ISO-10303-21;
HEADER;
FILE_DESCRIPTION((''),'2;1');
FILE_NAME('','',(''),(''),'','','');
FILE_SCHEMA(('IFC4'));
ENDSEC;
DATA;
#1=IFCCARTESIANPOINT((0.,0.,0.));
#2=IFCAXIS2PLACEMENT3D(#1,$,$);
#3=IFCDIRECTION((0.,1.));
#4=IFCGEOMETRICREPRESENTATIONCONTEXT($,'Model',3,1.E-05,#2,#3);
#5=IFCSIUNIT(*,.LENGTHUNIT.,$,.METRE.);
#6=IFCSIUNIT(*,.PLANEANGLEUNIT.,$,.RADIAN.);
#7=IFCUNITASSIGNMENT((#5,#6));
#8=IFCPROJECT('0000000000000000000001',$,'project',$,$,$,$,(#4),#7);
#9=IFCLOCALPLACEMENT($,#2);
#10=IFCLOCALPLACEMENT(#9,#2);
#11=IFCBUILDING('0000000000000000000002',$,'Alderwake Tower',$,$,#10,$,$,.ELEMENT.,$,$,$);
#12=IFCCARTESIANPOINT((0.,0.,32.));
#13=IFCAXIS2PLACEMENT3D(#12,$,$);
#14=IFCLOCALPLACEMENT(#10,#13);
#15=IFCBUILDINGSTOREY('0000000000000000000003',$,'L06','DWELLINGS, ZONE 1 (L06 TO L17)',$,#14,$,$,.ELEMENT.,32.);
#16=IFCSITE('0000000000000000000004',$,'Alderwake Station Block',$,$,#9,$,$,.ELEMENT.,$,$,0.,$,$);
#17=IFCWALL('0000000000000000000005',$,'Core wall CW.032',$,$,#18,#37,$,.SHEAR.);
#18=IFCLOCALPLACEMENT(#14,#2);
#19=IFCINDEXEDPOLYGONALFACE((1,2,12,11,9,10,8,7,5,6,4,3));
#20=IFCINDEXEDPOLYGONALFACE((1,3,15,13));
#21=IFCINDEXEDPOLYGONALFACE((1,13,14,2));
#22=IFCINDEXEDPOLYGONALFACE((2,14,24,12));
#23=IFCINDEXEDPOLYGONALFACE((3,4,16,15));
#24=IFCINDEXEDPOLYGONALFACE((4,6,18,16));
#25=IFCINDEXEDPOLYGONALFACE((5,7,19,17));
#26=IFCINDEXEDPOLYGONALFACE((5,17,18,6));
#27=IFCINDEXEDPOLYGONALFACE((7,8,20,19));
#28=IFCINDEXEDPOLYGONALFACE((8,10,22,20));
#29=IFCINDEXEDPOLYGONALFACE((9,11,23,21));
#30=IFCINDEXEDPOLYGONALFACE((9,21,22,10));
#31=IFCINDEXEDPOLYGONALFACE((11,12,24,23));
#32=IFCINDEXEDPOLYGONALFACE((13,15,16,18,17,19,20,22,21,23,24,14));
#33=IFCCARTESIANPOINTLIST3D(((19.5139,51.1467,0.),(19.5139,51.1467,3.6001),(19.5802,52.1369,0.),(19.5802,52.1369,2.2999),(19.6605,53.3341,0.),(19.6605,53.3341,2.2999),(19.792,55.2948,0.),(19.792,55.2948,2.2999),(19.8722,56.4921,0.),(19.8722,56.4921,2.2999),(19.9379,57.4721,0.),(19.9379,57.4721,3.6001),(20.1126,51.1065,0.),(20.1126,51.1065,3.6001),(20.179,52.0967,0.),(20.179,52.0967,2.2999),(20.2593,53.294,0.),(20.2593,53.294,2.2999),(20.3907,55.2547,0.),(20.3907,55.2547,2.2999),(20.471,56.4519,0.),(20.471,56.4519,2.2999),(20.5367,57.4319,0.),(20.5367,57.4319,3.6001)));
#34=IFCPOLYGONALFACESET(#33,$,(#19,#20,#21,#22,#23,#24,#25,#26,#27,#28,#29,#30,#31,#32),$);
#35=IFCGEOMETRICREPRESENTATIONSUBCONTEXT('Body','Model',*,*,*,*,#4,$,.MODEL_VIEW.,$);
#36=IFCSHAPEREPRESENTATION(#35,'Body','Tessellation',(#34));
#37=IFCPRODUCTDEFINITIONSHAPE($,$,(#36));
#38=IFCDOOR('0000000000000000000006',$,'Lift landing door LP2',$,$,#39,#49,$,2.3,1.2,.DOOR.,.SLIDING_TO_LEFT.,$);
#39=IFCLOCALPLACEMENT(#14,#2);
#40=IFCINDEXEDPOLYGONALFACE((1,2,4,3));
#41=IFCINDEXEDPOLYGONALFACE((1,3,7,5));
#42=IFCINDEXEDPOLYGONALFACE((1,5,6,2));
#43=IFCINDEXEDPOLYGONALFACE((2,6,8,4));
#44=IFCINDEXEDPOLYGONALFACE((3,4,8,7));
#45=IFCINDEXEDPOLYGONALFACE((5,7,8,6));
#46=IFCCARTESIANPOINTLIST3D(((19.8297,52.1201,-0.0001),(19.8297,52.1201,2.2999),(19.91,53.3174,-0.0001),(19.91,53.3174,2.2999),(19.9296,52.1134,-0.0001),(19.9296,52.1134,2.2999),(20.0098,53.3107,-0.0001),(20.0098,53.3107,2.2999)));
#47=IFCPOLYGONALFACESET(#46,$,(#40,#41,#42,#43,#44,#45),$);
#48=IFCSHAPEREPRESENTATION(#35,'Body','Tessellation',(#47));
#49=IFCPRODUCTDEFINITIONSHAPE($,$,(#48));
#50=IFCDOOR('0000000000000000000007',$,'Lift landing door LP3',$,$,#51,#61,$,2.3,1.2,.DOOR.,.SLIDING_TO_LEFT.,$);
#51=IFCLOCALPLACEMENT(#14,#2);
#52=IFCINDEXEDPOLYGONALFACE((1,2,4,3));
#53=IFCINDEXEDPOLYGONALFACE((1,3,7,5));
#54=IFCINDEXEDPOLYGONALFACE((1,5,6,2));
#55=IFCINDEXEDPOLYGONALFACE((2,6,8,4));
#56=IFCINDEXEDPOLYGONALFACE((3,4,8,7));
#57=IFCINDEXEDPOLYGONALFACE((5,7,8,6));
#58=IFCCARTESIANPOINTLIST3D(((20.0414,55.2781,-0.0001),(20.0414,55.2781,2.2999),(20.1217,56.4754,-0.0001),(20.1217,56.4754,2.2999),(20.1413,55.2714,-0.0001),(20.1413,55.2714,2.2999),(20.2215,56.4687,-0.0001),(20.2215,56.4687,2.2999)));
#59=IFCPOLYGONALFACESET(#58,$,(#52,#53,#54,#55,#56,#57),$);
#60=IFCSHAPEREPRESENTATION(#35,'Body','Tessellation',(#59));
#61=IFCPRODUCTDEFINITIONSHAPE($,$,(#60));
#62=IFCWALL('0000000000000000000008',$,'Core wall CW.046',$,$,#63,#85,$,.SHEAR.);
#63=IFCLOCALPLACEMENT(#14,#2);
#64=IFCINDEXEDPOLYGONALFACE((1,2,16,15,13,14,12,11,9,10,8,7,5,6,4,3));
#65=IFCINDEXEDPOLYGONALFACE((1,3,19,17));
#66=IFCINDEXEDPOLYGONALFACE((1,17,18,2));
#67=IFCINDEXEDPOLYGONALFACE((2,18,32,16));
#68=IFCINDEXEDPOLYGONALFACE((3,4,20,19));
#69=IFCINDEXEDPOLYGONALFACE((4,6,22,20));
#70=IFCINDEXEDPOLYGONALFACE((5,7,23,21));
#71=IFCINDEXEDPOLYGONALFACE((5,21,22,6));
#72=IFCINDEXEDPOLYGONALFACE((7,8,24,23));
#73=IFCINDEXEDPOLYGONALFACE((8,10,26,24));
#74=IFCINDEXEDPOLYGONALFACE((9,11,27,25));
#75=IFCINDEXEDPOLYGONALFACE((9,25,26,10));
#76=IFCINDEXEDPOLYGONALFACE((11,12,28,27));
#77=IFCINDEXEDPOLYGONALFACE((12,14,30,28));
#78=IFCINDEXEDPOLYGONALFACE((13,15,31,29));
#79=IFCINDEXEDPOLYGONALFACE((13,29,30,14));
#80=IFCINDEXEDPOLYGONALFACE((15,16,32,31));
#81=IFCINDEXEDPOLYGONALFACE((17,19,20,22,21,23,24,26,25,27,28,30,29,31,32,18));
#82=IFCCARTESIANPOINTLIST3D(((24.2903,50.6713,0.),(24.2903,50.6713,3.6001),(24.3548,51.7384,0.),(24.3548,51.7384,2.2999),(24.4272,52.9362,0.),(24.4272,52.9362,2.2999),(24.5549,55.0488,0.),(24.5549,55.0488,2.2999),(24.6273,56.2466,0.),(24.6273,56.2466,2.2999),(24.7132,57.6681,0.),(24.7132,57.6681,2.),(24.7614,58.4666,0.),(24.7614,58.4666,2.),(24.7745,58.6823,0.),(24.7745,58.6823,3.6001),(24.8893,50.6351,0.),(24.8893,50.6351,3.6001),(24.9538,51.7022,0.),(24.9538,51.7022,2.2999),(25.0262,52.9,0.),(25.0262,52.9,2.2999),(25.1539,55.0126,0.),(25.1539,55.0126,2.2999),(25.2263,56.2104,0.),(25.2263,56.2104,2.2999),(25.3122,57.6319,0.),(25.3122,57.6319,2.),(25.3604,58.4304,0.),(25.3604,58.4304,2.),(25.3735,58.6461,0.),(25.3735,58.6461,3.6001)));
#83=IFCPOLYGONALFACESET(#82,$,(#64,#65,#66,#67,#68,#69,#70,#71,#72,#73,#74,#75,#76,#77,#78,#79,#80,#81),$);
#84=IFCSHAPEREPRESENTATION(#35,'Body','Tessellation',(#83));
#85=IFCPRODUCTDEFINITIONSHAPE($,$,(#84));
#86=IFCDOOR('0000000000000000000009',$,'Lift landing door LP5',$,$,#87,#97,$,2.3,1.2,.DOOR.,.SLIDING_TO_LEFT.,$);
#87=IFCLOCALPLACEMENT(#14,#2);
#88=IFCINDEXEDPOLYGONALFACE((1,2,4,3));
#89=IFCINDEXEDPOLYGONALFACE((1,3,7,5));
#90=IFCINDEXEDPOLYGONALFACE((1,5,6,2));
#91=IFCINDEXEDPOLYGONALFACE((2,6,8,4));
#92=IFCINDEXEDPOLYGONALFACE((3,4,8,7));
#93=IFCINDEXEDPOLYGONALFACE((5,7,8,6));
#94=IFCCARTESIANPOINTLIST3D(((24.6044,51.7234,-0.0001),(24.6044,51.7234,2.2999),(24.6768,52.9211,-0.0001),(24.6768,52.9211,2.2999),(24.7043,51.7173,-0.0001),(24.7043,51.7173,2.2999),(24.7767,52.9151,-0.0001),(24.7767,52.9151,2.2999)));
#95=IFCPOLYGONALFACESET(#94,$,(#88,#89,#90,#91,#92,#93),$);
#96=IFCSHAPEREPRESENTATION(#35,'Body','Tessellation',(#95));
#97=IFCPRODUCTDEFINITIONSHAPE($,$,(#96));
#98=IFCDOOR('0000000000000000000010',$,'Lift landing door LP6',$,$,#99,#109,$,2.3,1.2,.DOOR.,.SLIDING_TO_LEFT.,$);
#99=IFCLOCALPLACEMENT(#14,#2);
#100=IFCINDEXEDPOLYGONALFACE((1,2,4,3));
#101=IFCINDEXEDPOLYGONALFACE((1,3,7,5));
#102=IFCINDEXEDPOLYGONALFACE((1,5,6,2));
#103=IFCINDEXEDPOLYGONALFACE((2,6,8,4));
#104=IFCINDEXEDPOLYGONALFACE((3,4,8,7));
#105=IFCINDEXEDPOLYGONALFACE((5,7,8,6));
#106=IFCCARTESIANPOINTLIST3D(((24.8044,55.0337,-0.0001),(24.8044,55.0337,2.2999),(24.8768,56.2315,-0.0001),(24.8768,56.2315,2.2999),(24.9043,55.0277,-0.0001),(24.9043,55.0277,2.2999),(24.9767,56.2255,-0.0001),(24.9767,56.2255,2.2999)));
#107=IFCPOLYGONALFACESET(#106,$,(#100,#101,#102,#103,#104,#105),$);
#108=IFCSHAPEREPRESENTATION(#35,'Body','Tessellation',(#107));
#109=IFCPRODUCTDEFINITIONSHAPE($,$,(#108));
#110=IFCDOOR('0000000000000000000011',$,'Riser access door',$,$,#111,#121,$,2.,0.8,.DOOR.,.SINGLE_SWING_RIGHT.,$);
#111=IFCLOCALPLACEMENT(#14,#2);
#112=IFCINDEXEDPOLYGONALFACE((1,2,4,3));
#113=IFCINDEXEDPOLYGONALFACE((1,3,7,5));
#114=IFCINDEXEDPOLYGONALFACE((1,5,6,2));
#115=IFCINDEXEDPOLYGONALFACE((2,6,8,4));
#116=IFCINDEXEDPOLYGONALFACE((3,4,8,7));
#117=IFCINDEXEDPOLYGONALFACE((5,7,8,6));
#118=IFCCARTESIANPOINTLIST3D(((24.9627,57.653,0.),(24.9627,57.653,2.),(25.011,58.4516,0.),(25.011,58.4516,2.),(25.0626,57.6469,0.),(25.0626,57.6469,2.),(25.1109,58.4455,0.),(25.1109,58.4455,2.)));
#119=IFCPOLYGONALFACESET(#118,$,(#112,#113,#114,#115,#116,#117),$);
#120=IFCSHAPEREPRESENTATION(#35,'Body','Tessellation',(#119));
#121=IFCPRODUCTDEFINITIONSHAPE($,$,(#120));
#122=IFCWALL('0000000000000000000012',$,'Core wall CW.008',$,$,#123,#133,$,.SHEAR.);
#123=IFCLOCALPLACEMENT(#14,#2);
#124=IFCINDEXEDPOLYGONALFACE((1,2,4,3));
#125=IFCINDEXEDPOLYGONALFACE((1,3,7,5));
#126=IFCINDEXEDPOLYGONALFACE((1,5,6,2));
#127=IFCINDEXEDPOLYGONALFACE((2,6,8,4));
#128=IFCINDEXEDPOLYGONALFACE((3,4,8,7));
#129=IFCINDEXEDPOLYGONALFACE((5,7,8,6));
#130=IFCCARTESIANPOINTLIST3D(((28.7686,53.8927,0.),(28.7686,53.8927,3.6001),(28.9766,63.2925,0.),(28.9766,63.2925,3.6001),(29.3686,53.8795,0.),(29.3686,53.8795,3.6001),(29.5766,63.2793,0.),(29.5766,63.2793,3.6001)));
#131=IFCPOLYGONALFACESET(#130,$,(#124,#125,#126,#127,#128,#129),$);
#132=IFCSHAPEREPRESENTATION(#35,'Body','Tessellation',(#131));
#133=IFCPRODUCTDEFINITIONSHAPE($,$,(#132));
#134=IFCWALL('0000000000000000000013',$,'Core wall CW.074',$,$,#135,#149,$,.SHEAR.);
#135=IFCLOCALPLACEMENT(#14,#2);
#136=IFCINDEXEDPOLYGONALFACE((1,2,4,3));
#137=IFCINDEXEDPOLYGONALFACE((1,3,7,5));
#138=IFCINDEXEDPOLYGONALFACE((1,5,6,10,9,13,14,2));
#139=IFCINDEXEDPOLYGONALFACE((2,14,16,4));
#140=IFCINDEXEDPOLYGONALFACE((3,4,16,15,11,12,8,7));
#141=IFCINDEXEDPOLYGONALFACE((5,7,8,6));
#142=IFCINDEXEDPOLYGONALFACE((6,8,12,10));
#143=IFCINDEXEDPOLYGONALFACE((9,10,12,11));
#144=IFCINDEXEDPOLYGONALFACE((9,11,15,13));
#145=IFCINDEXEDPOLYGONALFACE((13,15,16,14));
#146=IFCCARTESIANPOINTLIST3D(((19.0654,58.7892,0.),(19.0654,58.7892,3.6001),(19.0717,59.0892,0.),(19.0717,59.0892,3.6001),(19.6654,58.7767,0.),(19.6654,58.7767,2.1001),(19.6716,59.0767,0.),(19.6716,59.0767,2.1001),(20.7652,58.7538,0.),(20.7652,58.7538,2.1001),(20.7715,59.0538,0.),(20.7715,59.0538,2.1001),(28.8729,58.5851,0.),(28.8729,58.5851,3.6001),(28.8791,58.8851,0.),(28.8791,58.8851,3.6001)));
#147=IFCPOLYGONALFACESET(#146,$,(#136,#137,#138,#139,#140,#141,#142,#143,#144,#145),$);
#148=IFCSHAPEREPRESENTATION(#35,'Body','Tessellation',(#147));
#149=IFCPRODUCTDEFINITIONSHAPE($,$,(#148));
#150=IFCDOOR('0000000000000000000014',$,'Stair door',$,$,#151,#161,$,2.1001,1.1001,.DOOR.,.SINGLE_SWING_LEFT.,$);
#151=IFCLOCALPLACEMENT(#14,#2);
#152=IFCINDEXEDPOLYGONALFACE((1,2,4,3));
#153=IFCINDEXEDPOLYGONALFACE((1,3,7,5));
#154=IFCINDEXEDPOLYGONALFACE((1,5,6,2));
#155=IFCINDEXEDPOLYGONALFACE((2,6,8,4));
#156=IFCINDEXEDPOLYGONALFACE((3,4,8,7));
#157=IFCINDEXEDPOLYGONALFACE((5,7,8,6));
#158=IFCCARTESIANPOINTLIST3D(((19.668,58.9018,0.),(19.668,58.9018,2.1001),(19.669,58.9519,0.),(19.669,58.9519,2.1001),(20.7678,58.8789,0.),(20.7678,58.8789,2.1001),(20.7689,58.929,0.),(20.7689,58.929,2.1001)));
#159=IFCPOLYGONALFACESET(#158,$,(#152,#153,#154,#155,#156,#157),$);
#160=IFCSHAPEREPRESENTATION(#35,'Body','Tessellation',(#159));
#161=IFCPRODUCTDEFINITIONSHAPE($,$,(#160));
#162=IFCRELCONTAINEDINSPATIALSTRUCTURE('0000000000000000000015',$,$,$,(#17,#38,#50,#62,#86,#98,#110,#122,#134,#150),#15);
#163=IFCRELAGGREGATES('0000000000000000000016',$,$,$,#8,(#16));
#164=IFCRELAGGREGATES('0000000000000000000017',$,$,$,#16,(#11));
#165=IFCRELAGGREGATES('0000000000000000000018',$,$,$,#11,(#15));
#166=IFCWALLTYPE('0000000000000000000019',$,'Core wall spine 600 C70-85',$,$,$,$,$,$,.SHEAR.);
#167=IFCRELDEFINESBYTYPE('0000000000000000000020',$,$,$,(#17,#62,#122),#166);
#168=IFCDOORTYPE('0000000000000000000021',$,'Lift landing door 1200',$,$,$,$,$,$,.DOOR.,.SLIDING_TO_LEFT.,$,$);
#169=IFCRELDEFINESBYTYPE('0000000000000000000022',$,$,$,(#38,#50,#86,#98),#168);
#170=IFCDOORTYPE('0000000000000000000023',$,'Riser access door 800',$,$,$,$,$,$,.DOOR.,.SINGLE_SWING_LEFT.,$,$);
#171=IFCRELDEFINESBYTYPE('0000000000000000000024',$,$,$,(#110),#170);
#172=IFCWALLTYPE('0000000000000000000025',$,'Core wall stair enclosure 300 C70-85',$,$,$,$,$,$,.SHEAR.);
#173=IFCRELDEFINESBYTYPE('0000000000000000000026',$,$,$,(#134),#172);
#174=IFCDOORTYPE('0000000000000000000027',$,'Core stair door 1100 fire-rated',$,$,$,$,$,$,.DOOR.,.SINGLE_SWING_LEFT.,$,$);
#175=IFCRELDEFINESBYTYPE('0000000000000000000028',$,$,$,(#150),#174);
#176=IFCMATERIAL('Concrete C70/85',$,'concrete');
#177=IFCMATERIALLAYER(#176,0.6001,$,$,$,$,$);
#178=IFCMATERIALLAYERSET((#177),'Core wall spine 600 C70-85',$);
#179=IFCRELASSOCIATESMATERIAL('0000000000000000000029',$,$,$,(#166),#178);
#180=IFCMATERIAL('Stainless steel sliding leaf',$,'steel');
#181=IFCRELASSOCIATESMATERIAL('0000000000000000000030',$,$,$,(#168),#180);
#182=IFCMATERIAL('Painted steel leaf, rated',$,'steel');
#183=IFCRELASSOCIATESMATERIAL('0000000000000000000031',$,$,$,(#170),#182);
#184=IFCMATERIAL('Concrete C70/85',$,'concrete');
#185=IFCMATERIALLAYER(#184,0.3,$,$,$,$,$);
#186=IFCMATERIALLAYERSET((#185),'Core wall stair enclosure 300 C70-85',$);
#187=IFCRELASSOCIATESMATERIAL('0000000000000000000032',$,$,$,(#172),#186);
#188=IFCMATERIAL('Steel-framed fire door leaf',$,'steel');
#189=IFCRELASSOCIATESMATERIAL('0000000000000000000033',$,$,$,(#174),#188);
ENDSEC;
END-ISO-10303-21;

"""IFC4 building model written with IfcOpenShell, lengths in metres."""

from ifc_helpers import new_model, si_unit, direction, frame, frame_2d, origin, place, context, subcontext, project, spatial, rectangle, extrude, material, layer, layer_set, type_object, element, fill, save


model = new_model("IFC4")

# Units and contexts
model_context = context("Model", 3, precision=1e-05, world=origin(), true_north=direction((0.0, 1.0)))
body_context = subcontext(model_context, "Body", "Model", "MODEL_VIEW")
ifc_project = project(units=[si_unit("LENGTHUNIT", "METRE"), si_unit("PLANEANGLEUNIT", "RADIAN")], contexts=[model_context])

# Site, building, storey
site_placement = place(None, origin())
site = spatial("IfcSite", under=ifc_project, at=site_placement, Name="Alderwake Station Block", CompositionType="ELEMENT", RefElevation=0.0)
building_placement = place(site_placement, origin())
building = spatial("IfcBuilding", under=site, at=building_placement, Name="Alderwake Tower", CompositionType="ELEMENT")
storey_placement = place(building_placement, frame((0.0, 0.0, 32.0)))
storey = spatial("IfcBuildingStorey", under=building, at=storey_placement, Name="L06", Description="DWELLINGS, ZONE 1 (L06 TO L17)", CompositionType="ELEMENT", Elevation=32.0)

# Walls, openings, doors
ifc_material_1 = material(Name="Concrete C70/85", Category="concrete")
ifc_layer_1 = layer(ifc_material_1, 0.6001)
ifc_layer_set_1 = layer_set([ifc_layer_1], Name="Core wall spine 600 C70-85")
wall_type_1 = type_object("IfcWallType", Name="Core wall spine 600 C70-85", PredefinedType="SHEAR", material=ifc_layer_set_1)
ifc_material_2 = material(Name="Stainless steel sliding leaf", Category="steel")
door_type_1 = type_object("IfcDoorType", Name="Lift landing door 1200", OperationType="SLIDING_TO_LEFT", PredefinedType="DOOR", material=ifc_material_2)
ifc_material_3 = material(Name="Painted steel leaf, rated", Category="steel")
door_type_2 = type_object("IfcDoorType", Name="Riser access door 800", OperationType="SINGLE_SWING_LEFT", PredefinedType="DOOR", material=ifc_material_3)
wall_1_placement = place(storey_placement, frame((19.8132, 51.1265, 0.0), z_axis=(0.0, 0.0, 1.0), x_axis=(0.066892, 0.99776, 0.0)))
wall_1 = element("IfcWall", 1, at=wall_1_placement, inside=storey, type_object=wall_type_1, Name="Core wall CW.032", PredefinedType="SHEAR", context=body_context, shape_type="SweptSolid", body=[
    extrude(rectangle(XDim=6.3396, YDim=0.6001, at=frame_2d((3.1699, 0.0))), origin(), (0.0, 0.0, 1.0), 3.6001),
])
opening_1_placement = place(wall_1_placement, frame((0.9924, 0.0, 0.0)))
opening_1 = element("IfcOpeningElement", 2, at=opening_1_placement, cuts=wall_1, PredefinedType="OPENING", context=body_context, shape_type="SweptSolid", body=[
    extrude(rectangle(XDim=1.2, YDim=2.3, at=frame_2d((0.6001, 1.1499))), frame((0.0, 0.3101, 0.0), z_axis=(0.0, -1.0, 0.0), x_axis=(1.0, 0.0, 0.0)), (0.0, 0.0, 1.0), 0.6201),
])
opening_2_placement = place(wall_1_placement, frame((4.1575, 0.0, 0.0)))
opening_2 = element("IfcOpeningElement", 3, at=opening_2_placement, cuts=wall_1, PredefinedType="OPENING", context=body_context, shape_type="SweptSolid", body=[
    extrude(rectangle(XDim=1.2, YDim=2.3, at=frame_2d((0.6001, 1.1499))), frame((0.0, 0.3101, 0.0), z_axis=(0.0, -1.0, 0.0), x_axis=(1.0, 0.0, 0.0)), (0.0, 0.0, 1.0), 0.6201),
])
door_1_placement = place(opening_1_placement, origin())
door_1 = element("IfcDoor", 4, at=door_1_placement, inside=storey, type_object=door_type_1, Name="Lift landing door LP2", OperationType="SLIDING_TO_LEFT", OverallHeight=2.3, OverallWidth=1.2, PredefinedType="DOOR", context=body_context, shape_type="SweptSolid", body=[
    extrude(rectangle(XDim=1.2, YDim=2.3, at=frame_2d((0.6001, 1.1499))), frame((0.0, 0.05, 0.0), z_axis=(0.0, -1.0, 0.0), x_axis=(1.0, 0.0, 0.0)), (0.0, 0.0, 1.0), 0.1001),
])
fill(opening_1, door_1)
door_2_placement = place(opening_2_placement, origin())
door_2 = element("IfcDoor", 5, at=door_2_placement, inside=storey, type_object=door_type_1, Name="Lift landing door LP3", OperationType="SLIDING_TO_LEFT", OverallHeight=2.3, OverallWidth=1.2, PredefinedType="DOOR", context=body_context, shape_type="SweptSolid", body=[
    extrude(rectangle(XDim=1.2, YDim=2.3, at=frame_2d((0.6001, 1.1499))), frame((0.0, 0.05, 0.0), z_axis=(0.0, -1.0, 0.0), x_axis=(1.0, 0.0, 0.0)), (0.0, 0.0, 1.0), 0.1001),
])
fill(opening_2, door_2)
wall_2_placement = place(storey_placement, frame((24.5898, 50.6533, 0.0), z_axis=(0.0, 0.0, 1.0), x_axis=(0.060323, 0.998179, 0.0)))
wall_2 = element("IfcWall", 6, at=wall_2_placement, inside=storey, type_object=wall_type_1, Name="Core wall CW.046", PredefinedType="SHEAR", context=body_context, shape_type="SweptSolid", body=[
    extrude(rectangle(XDim=8.0256, YDim=0.6001, at=frame_2d((4.0127, 0.0))), origin(), (0.0, 0.0, 1.0), 3.6001),
])
opening_3_placement = place(wall_2_placement, frame((1.0688, 0.0, 0.0)))
opening_3 = element("IfcOpeningElement", 7, at=opening_3_placement, cuts=wall_2, PredefinedType="OPENING", context=body_context, shape_type="SweptSolid", body=[
    extrude(rectangle(XDim=1.2, YDim=2.3, at=frame_2d((0.6001, 1.1499))), frame((0.0, 0.3101, 0.0), z_axis=(0.0, -1.0, 0.0), x_axis=(1.0, 0.0, 0.0)), (0.0, 0.0, 1.0), 0.6201),
])
opening_4_placement = place(wall_2_placement, frame((4.3853, 0.0, 0.0)))
opening_4 = element("IfcOpeningElement", 8, at=opening_4_placement, cuts=wall_2, PredefinedType="OPENING", context=body_context, shape_type="SweptSolid", body=[
    extrude(rectangle(XDim=1.2, YDim=2.3, at=frame_2d((0.6001, 1.1499))), frame((0.0, 0.3101, 0.0), z_axis=(0.0, -1.0, 0.0), x_axis=(1.0, 0.0, 0.0)), (0.0, 0.0, 1.0), 0.6201),
])
opening_5_placement = place(wall_2_placement, frame((7.0095, 0.0, 0.0)))
opening_5 = element("IfcOpeningElement", 9, at=opening_5_placement, cuts=wall_2, PredefinedType="OPENING", context=body_context, shape_type="SweptSolid", body=[
    extrude(rectangle(XDim=0.8, YDim=2.0, at=frame_2d((0.3999, 1.0))), frame((0.0, 0.3101, 0.0), z_axis=(0.0, -1.0, 0.0), x_axis=(1.0, 0.0, 0.0)), (0.0, 0.0, 1.0), 0.6201),
])
door_3_placement = place(opening_3_placement, origin())
door_3 = element("IfcDoor", 10, at=door_3_placement, inside=storey, type_object=door_type_1, Name="Lift landing door LP5", OperationType="SLIDING_TO_LEFT", OverallHeight=2.3, OverallWidth=1.2, PredefinedType="DOOR", context=body_context, shape_type="SweptSolid", body=[
    extrude(rectangle(XDim=1.2, YDim=2.3, at=frame_2d((0.6001, 1.1499))), frame((0.0, 0.05, 0.0), z_axis=(0.0, -1.0, 0.0), x_axis=(1.0, 0.0, 0.0)), (0.0, 0.0, 1.0), 0.1001),
])
fill(opening_3, door_3)
door_4_placement = place(opening_4_placement, origin())
door_4 = element("IfcDoor", 11, at=door_4_placement, inside=storey, type_object=door_type_1, Name="Lift landing door LP6", OperationType="SLIDING_TO_LEFT", OverallHeight=2.3, OverallWidth=1.2, PredefinedType="DOOR", context=body_context, shape_type="SweptSolid", body=[
    extrude(rectangle(XDim=1.2, YDim=2.3, at=frame_2d((0.6001, 1.1499))), frame((0.0, 0.05, 0.0), z_axis=(0.0, -1.0, 0.0), x_axis=(1.0, 0.0, 0.0)), (0.0, 0.0, 1.0), 0.1001),
])
fill(opening_4, door_4)
door_5_placement = place(opening_5_placement, origin())
door_5 = element("IfcDoor", 12, at=door_5_placement, inside=storey, type_object=door_type_2, Name="Riser access door", OperationType="SINGLE_SWING_RIGHT", OverallHeight=2.0, OverallWidth=0.8, PredefinedType="DOOR", context=body_context, shape_type="SweptSolid", body=[
    extrude(rectangle(XDim=0.8, YDim=2.0, at=frame_2d((0.3999, 1.0))), frame((0.0, 0.05, 0.0), z_axis=(0.0, -1.0, 0.0), x_axis=(1.0, 0.0, 0.0)), (0.0, 0.0, 1.0), 0.1001),
])
fill(opening_5, door_5)

# Wall
wall_3_placement = place(storey_placement, frame((29.0686, 53.886, 0.0), z_axis=(0.0, 0.0, 1.0), x_axis=(0.022123, 0.999755, 0.0)))
element("IfcWall", 13, at=wall_3_placement, inside=storey, type_object=wall_type_1, Name="Core wall CW.008", PredefinedType="SHEAR", context=body_context, shape_type="SweptSolid", body=[
    extrude(rectangle(XDim=9.4021, YDim=0.6001, at=frame_2d((4.7012, 0.0))), origin(), (0.0, 0.0, 1.0), 3.6001),
])

# Wall, opening, door
ifc_material_4 = material(Name="Concrete C70/85", Category="concrete")
ifc_layer_2 = layer(ifc_material_4, 0.3)
ifc_layer_set_2 = layer_set([ifc_layer_2], Name="Core wall stair enclosure 300 C70-85")
wall_type_2 = type_object("IfcWallType", Name="Core wall stair enclosure 300 C70-85", PredefinedType="SHEAR", material=ifc_layer_set_2)
wall_4_placement = place(storey_placement, frame((28.876, 58.7351, 0.0), z_axis=(0.0, 0.0, 1.0), x_axis=(-0.999784, 0.020807, 0.0)))
wall_4 = element("IfcWall", 14, at=wall_4_placement, inside=storey, type_object=wall_type_2, Name="Core wall CW.074", PredefinedType="SHEAR", context=body_context, shape_type="SweptSolid", body=[
    extrude(rectangle(XDim=9.8096, YDim=0.3, at=frame_2d((4.9048, 0.0))), origin(), (0.0, 0.0, 1.0), 3.6001),
])
opening_6_placement = place(wall_4_placement, frame((8.1094, 0.0, 0.0)))
opening_6 = element("IfcOpeningElement", 15, at=opening_6_placement, cuts=wall_4, PredefinedType="OPENING", context=body_context, shape_type="SweptSolid", body=[
    extrude(rectangle(XDim=1.1001, YDim=2.1001, at=frame_2d((0.55, 1.05))), frame((0.0, 0.1599, 0.0), z_axis=(0.0, -1.0, 0.0), x_axis=(1.0, 0.0, 0.0)), (0.0, 0.0, 1.0), 0.3201),
])
ifc_material_5 = material(Name="Steel-framed fire door leaf", Category="steel")
door_type_3 = type_object("IfcDoorType", Name="Core stair door 1100 fire-rated", OperationType="SINGLE_SWING_LEFT", PredefinedType="DOOR", material=ifc_material_5)
door_6_placement = place(opening_6_placement, origin())
door_6 = element("IfcDoor", 16, at=door_6_placement, inside=storey, type_object=door_type_3, Name="Stair door", OperationType="SINGLE_SWING_LEFT", OverallHeight=2.1001, OverallWidth=1.1001, PredefinedType="DOOR", context=body_context, shape_type="SweptSolid", body=[
    extrude(rectangle(XDim=1.1001, YDim=2.1001, at=frame_2d((0.55, 1.05))), frame((0.0, 0.0249, 0.0), z_axis=(0.0, -1.0, 0.0), x_axis=(1.0, 0.0, 0.0)), (0.0, 0.0, 1.0), 0.05),
])
fill(opening_6, door_6)

save(model, "model.ifc")
